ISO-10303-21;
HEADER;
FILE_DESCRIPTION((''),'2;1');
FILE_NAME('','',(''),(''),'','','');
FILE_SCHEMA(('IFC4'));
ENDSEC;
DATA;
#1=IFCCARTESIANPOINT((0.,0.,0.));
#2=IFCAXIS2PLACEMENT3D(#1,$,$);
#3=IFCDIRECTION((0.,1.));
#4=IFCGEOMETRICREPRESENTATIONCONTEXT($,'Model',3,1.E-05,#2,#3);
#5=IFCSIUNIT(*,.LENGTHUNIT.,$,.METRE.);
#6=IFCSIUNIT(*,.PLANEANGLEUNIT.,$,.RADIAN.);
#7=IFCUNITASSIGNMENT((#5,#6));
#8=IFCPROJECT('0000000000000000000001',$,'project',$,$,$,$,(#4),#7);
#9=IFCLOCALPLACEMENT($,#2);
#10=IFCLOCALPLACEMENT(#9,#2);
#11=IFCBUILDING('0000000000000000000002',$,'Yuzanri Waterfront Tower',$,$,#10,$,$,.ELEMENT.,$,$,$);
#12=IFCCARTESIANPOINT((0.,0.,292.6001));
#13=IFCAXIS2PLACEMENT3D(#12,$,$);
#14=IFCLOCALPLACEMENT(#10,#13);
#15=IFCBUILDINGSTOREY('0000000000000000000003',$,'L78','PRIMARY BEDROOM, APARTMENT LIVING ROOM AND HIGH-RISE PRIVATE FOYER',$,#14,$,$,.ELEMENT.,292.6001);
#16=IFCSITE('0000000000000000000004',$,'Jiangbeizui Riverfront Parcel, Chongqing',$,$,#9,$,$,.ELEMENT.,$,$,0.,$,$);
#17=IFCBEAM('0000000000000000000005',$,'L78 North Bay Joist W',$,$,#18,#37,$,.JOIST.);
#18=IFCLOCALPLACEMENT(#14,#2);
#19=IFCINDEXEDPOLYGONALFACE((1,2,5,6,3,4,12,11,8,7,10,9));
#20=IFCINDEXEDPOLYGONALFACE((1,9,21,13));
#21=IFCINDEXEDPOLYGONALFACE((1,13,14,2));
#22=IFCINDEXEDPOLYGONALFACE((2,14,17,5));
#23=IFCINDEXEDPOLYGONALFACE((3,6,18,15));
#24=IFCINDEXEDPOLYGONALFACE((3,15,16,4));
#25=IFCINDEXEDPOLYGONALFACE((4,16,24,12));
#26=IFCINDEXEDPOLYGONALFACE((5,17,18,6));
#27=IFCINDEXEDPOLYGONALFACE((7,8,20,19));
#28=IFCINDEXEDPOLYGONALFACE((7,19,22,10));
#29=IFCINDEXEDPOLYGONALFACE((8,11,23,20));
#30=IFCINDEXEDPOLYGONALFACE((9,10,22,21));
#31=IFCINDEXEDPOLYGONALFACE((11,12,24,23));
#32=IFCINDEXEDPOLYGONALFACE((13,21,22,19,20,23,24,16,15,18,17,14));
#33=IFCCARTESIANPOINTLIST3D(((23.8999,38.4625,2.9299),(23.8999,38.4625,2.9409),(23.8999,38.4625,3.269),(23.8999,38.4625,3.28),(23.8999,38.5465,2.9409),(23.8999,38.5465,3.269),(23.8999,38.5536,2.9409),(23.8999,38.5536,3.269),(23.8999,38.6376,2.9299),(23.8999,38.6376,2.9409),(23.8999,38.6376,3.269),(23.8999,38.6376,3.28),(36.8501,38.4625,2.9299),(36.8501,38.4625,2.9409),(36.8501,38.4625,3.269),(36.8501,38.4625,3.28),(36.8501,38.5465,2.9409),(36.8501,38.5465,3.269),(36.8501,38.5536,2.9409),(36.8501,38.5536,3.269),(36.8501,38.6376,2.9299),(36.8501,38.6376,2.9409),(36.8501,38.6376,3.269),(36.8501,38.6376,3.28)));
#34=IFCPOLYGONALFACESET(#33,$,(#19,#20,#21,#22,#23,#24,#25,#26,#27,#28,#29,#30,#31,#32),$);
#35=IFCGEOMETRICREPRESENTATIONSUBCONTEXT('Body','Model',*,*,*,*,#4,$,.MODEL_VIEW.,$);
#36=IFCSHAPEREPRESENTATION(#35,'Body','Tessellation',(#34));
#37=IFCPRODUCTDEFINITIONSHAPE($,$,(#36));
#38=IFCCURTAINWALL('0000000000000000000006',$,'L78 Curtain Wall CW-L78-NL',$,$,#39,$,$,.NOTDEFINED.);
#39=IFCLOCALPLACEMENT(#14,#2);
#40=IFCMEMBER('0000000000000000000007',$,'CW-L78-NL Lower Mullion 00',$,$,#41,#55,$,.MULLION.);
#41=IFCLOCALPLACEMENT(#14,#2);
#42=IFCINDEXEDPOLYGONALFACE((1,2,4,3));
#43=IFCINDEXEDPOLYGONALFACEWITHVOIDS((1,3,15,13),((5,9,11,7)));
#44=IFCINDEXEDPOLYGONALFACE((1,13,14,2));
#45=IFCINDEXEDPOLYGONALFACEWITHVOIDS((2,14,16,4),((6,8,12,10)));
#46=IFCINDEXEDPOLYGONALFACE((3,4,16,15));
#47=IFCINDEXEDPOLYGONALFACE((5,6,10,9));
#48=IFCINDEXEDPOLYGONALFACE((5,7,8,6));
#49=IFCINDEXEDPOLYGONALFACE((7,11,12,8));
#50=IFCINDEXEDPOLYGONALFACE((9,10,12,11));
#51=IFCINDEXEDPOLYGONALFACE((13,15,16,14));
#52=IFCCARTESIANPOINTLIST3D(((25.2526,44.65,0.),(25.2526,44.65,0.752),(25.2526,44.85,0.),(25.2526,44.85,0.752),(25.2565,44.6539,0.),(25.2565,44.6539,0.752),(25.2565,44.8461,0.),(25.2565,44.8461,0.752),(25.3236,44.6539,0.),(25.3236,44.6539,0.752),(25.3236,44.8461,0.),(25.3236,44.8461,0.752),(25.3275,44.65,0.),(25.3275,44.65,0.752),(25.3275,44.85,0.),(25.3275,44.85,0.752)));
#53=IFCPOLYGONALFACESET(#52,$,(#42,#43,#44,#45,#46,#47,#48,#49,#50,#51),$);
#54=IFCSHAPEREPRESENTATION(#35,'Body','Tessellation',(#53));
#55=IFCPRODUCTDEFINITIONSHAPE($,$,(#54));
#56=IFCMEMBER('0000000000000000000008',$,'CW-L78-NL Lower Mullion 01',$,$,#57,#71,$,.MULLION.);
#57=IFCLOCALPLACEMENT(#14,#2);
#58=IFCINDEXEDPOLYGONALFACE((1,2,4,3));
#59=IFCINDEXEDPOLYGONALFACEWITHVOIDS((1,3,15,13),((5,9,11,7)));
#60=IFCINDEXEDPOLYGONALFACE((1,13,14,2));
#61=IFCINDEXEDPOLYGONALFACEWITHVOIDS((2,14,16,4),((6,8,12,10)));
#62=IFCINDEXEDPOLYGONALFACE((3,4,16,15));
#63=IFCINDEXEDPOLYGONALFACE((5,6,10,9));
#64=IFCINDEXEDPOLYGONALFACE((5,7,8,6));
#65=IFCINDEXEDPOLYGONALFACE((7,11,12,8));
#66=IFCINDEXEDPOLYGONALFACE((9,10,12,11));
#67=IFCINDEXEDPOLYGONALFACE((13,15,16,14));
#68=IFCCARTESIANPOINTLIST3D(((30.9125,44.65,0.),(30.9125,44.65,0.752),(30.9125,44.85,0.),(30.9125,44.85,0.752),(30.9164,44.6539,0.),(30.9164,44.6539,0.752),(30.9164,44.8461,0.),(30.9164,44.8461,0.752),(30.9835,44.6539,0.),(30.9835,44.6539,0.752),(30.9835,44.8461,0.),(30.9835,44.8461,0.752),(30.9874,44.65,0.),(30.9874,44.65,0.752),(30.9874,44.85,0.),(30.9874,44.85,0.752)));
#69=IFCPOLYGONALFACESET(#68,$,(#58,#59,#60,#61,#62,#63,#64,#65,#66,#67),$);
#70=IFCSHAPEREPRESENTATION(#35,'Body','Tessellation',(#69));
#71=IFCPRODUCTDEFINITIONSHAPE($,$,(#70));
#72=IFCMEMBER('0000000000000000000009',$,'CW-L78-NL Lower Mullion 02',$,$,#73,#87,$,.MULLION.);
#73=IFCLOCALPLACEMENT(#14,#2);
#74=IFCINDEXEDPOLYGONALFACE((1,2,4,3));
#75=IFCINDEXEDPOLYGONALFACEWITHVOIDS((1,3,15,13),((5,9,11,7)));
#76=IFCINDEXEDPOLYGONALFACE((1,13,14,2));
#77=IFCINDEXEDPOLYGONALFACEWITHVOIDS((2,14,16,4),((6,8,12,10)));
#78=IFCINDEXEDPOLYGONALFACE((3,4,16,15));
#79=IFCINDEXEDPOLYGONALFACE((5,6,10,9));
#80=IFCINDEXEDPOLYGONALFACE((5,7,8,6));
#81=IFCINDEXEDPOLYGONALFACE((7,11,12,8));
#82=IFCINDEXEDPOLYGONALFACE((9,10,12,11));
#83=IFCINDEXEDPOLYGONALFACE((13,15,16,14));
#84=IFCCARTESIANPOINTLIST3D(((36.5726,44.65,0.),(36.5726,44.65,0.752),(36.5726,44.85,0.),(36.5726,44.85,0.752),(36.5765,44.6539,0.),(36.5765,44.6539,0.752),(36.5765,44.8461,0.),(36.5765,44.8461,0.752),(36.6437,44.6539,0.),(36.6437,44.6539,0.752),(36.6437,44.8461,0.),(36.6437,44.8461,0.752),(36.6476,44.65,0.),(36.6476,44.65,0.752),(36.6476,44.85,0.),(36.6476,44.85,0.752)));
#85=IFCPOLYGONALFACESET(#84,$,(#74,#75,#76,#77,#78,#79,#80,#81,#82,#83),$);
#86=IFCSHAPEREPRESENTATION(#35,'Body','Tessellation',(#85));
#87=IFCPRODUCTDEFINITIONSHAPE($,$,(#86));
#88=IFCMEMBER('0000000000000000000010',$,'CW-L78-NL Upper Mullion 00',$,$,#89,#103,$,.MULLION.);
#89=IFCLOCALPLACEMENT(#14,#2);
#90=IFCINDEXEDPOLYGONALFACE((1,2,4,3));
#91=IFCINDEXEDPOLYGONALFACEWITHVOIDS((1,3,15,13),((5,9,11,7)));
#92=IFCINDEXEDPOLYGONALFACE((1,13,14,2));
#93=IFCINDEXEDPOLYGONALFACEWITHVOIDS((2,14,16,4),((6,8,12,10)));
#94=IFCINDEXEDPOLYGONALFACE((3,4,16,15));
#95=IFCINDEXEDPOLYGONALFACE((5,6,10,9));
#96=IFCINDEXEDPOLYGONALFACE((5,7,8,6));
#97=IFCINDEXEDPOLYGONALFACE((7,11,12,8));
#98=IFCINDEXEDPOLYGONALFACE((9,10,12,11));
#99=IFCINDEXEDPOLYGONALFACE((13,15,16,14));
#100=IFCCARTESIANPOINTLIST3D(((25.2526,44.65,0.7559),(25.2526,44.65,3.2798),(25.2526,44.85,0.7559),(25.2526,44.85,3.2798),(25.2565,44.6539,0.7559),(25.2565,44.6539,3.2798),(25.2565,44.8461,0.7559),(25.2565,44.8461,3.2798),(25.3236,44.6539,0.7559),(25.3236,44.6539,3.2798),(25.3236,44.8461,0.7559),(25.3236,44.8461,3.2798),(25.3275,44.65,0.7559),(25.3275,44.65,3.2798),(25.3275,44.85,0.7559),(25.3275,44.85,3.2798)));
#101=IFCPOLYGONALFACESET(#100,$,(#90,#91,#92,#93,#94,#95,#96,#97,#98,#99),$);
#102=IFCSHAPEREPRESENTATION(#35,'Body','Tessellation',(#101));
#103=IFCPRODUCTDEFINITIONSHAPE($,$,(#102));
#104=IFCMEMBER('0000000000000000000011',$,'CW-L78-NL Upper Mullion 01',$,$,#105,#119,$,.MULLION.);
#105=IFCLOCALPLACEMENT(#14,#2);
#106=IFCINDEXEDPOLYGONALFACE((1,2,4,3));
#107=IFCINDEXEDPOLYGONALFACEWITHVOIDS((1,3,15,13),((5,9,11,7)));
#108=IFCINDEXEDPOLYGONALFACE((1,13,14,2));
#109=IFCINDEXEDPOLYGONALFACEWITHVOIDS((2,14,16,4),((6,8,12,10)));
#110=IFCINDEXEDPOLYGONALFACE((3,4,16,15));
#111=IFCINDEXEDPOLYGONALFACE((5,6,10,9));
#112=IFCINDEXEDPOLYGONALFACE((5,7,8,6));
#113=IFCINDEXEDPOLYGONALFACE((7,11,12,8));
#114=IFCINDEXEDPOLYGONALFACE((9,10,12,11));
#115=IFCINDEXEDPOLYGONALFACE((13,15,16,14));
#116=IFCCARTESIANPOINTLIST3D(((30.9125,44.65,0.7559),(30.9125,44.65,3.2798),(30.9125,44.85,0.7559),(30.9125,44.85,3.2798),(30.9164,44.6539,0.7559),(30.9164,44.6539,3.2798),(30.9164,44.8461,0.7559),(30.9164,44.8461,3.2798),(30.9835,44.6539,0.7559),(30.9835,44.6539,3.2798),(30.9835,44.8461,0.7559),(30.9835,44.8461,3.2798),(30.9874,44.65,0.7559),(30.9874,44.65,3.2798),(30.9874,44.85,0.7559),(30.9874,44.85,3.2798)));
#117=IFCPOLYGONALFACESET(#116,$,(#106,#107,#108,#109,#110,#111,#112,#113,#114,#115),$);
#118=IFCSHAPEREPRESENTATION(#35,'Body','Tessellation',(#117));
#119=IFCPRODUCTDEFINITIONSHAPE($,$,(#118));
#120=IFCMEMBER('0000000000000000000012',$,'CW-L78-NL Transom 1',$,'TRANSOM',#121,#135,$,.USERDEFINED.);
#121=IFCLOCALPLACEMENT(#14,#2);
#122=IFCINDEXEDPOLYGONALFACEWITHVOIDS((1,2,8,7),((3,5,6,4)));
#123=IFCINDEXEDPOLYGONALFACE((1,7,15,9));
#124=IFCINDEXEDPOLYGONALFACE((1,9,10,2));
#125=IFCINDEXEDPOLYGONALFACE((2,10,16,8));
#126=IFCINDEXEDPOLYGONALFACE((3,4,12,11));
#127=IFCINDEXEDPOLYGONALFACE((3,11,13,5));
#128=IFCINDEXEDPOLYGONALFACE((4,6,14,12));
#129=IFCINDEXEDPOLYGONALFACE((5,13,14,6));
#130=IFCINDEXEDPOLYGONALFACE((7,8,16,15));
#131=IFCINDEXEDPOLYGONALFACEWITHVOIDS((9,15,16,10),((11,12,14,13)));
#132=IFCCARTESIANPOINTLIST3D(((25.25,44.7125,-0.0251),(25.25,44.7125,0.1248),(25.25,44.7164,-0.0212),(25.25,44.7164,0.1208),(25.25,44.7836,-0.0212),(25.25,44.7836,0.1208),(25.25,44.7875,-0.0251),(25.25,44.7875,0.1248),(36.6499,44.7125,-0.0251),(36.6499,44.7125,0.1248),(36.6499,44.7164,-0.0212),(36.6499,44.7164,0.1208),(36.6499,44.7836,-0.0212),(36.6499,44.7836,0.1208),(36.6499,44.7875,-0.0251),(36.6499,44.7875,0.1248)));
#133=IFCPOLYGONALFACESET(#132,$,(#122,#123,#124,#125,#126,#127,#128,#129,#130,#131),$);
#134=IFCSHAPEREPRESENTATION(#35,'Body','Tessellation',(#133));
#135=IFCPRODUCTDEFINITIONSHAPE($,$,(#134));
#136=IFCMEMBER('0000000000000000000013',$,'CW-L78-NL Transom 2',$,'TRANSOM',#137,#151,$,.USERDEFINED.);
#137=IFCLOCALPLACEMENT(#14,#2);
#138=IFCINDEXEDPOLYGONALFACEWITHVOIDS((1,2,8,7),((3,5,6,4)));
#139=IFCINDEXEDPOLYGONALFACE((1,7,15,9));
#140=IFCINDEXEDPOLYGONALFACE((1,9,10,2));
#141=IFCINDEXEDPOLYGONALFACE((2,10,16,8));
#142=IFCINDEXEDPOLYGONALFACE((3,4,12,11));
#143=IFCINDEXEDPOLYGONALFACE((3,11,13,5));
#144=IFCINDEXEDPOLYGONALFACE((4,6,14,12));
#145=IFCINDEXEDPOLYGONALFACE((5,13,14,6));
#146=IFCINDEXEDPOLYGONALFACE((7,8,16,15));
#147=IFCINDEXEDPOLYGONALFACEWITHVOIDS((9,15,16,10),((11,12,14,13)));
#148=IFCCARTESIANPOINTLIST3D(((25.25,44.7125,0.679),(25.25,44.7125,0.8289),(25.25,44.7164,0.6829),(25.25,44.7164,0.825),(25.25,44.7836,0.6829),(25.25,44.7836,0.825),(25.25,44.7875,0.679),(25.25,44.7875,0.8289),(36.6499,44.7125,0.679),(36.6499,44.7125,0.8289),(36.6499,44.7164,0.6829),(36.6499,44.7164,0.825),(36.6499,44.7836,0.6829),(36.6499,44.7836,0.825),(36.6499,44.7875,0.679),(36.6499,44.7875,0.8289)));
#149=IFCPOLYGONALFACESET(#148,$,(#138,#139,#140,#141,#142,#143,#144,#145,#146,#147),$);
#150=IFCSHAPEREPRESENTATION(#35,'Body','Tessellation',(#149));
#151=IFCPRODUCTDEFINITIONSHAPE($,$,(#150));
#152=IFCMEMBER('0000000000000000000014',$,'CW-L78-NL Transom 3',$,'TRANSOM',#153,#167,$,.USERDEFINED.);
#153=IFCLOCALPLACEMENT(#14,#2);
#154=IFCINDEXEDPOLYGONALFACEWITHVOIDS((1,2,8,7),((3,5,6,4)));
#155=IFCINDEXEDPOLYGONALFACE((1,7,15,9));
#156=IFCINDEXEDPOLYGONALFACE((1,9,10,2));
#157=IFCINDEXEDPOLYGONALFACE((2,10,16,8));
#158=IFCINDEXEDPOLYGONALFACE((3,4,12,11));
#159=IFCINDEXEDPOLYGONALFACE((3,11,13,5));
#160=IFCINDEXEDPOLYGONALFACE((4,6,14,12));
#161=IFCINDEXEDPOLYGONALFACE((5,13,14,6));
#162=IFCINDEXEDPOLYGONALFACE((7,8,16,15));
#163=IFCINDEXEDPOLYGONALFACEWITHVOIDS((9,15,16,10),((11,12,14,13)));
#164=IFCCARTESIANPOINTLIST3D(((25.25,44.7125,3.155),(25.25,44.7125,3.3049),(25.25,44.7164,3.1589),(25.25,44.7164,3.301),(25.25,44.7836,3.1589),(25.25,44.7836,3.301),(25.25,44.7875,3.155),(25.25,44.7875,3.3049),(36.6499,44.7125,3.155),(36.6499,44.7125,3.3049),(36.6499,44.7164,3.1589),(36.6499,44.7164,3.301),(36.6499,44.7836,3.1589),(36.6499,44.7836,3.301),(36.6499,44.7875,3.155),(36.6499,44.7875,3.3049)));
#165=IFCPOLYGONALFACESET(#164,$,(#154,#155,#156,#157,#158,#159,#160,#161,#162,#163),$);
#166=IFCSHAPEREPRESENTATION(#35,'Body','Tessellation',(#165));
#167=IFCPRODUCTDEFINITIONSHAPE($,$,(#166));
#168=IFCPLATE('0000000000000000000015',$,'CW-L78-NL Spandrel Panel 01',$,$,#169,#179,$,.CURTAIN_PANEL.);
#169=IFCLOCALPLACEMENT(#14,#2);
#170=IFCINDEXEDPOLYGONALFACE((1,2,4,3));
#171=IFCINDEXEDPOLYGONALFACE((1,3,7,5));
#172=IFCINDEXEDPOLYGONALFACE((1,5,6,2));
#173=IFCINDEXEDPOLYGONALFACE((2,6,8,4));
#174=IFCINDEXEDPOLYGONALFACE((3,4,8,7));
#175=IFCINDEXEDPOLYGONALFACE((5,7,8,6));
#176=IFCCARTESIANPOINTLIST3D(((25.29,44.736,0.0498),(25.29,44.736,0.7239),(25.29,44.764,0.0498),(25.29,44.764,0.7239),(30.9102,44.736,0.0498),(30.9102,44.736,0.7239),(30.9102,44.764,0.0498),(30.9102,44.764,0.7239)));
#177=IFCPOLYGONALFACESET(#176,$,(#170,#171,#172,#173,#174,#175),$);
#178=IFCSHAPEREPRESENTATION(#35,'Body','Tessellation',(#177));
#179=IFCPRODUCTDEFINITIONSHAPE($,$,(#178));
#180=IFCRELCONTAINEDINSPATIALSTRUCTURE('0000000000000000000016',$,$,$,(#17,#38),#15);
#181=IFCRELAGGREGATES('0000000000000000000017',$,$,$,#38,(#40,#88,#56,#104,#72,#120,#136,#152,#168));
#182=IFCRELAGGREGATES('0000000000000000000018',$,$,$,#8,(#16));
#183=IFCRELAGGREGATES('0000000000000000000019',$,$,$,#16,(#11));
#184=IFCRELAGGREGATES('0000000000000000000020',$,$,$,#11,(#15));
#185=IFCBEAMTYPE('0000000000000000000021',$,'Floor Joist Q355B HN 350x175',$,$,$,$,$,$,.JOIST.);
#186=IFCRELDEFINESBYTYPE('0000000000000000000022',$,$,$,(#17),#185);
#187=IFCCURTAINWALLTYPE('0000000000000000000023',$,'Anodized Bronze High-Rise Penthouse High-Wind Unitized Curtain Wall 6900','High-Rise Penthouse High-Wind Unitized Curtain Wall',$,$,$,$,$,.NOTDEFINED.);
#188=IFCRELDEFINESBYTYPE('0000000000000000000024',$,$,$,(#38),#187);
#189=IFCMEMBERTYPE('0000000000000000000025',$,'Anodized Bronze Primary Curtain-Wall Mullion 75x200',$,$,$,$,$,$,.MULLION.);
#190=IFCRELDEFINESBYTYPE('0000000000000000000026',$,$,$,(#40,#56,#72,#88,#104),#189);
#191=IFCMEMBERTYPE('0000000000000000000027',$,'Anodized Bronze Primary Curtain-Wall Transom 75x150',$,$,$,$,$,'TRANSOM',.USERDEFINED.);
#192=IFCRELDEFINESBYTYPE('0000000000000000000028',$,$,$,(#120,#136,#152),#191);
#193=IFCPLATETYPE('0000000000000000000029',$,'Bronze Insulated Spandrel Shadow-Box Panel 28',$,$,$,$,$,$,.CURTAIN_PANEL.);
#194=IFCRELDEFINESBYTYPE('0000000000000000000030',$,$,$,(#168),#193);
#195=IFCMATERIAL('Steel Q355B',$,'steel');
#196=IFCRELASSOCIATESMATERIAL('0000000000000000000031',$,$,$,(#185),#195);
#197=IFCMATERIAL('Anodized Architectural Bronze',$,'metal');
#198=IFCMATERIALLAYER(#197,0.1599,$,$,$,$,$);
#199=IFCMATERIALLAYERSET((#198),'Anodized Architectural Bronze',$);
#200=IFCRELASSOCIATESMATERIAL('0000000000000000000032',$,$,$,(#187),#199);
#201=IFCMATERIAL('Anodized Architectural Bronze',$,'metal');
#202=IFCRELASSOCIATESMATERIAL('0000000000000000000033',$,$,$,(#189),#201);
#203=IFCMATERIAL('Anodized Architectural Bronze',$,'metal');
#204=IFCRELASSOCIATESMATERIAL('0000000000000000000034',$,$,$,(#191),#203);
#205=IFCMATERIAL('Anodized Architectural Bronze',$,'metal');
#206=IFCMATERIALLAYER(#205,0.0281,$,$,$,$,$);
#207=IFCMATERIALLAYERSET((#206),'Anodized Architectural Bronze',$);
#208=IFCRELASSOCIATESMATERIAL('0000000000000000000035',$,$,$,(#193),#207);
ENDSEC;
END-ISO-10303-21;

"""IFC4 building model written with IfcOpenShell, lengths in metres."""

from ifc_helpers import new_model, si_unit, direction, frame, origin, origin_2d, place, context, subcontext, project, spatial, rectangle, hollow_rectangle, i_section, extrude, source, transform, mapped, material, layer, layer_set, material_profile, profile_set, type_object, element, aggregate, save


model = new_model("IFC4")

# Units and contexts
model_context = context("Model", 3, precision=1e-05, world=origin(), true_north=direction((0.0, 1.0)))
body_context = subcontext(model_context, "Body", "Model", "MODEL_VIEW")
ifc_project = project(units=[si_unit("LENGTHUNIT", "METRE"), si_unit("PLANEANGLEUNIT", "RADIAN")], contexts=[model_context])

# Site, building, storey
site_placement = place(None, origin())
site = spatial("IfcSite", under=ifc_project, at=site_placement, Name="Jiangbeizui Riverfront Parcel, Chongqing", CompositionType="ELEMENT", RefElevation=0.0)
building_placement = place(site_placement, origin())
building = spatial("IfcBuilding", under=site, at=building_placement, Name="Yuzanri Waterfront Tower", CompositionType="ELEMENT")
storey_placement = place(building_placement, frame((0.0, 0.0, 292.6001)))
storey = spatial("IfcBuildingStorey", under=building, at=storey_placement, Name="L78", Description="PRIMARY BEDROOM, APARTMENT LIVING ROOM AND HIGH-RISE PRIVATE FOYER", CompositionType="ELEMENT", Elevation=292.6001)

# Beam
ifc_material_1 = material(Name="Steel Q355B", Category="steel")
ifc_material_profile_1 = material_profile(ifc_material_1, i_section(OverallWidth=0.175, OverallDepth=0.3501, WebThickness=0.0071, FlangeThickness=0.011, at=origin_2d()), Name="HN 350x175x7x11")
ifc_profile_set_1 = profile_set([ifc_material_profile_1], Name="Steel Q355B")
beam_type = type_object("IfcBeamType", Name="Floor Joist Q355B HN 350x175", PredefinedType="JOIST", material=ifc_profile_set_1)
shared_shape_1 = source(origin(), body_context, "Body", "SweptSolid", [
    extrude(i_section(OverallWidth=0.175, OverallDepth=0.3501, WebThickness=0.0071, FlangeThickness=0.011, at=origin_2d()), origin(), (0.0, 0.0, 1.0), 12.9502),
])
beam_placement = place(storey_placement, frame((23.8999, 38.55, 3.105), z_axis=(1.0, 0.0, 0.0), x_axis=(0.0, 1.0, 0.0)))
element("IfcBeam", 1, at=beam_placement, inside=storey, type_object=beam_type, Name="L78 North Bay Joist W", PredefinedType="JOIST", context=body_context, shape_type="MappedRepresentation", body=[
    mapped(shared_shape_1, transform((0.0, 0.0, 0.0), scale=1.0)),
])

# Curtain wall, members, plate
ifc_material_2 = material(Name="Anodized Architectural Bronze", Category="metal")
ifc_layer_1 = layer(ifc_material_2, 0.1599)
ifc_layer_set_1 = layer_set([ifc_layer_1], Name="Anodized Architectural Bronze")
curtain_wall_type = type_object("IfcCurtainWallType", Name="Anodized Bronze High-Rise Penthouse High-Wind Unitized Curtain Wall 6900", Description="High-Rise Penthouse High-Wind Unitized Curtain Wall", PredefinedType="NOTDEFINED", material=ifc_layer_set_1)
curtain_wall_placement = place(storey_placement, origin())
curtain_wall = element("IfcCurtainWall", 2, at=curtain_wall_placement, inside=storey, type_object=curtain_wall_type, Name="L78 Curtain Wall CW-L78-NL", PredefinedType="NOTDEFINED")
ifc_material_3 = material(Name="Anodized Architectural Bronze", Category="metal")
ifc_material_profile_2 = material_profile(ifc_material_3, hollow_rectangle(XDim=0.075, YDim=0.2, WallThickness=0.0039, at=origin_2d()), Name="CWM 75x200")
ifc_profile_set_2 = profile_set([ifc_material_profile_2], Name="Anodized Architectural Bronze")
member_type_1 = type_object("IfcMemberType", Name="Anodized Bronze Primary Curtain-Wall Mullion 75x200", PredefinedType="MULLION", material=ifc_profile_set_2)
shared_shape_2 = source(origin(), body_context, "Body", "SweptSolid", [
    extrude(hollow_rectangle(XDim=0.075, YDim=0.2, WallThickness=0.0039, at=origin_2d()), origin(), (0.0, 0.0, 1.0), 0.752),
])
member_1_placement = place(storey_placement, frame((25.29, 44.75, 0.0), z_axis=(0.0, 0.0, 1.0), x_axis=(1.0, 0.0, 0.0)))
member_1 = element("IfcMember", 3, at=member_1_placement, type_object=member_type_1, Name="CW-L78-NL Lower Mullion 00", PredefinedType="MULLION", context=body_context, shape_type="MappedRepresentation", body=[
    mapped(shared_shape_2, transform((0.0, 0.0, 0.0), scale=1.0)),
])
member_2_placement = place(storey_placement, frame((30.95, 44.75, 0.0), z_axis=(0.0, 0.0, 1.0), x_axis=(1.0, 0.0, 0.0)))
member_2 = element("IfcMember", 4, at=member_2_placement, type_object=member_type_1, Name="CW-L78-NL Lower Mullion 01", PredefinedType="MULLION", context=body_context, shape_type="MappedRepresentation", body=[
    mapped(shared_shape_2, transform((0.0, 0.0, 0.0), scale=1.0)),
])
member_3_placement = place(storey_placement, frame((36.6101, 44.75, 0.0), z_axis=(0.0, 0.0, 1.0), x_axis=(1.0, 0.0, 0.0)))
member_3 = element("IfcMember", 5, at=member_3_placement, type_object=member_type_1, Name="CW-L78-NL Lower Mullion 02", PredefinedType="MULLION", context=body_context, shape_type="MappedRepresentation", body=[
    mapped(shared_shape_2, transform((0.0, 0.0, 0.0), scale=1.0)),
])
shared_shape_3 = source(origin(), body_context, "Body", "SweptSolid", [
    extrude(hollow_rectangle(XDim=0.075, YDim=0.2, WallThickness=0.0039, at=origin_2d()), origin(), (0.0, 0.0, 1.0), 2.5239),
])
member_4_placement = place(storey_placement, frame((25.29, 44.75, 0.7559), z_axis=(0.0, 0.0, 1.0), x_axis=(1.0, 0.0, 0.0)))
member_4 = element("IfcMember", 6, at=member_4_placement, type_object=member_type_1, Name="CW-L78-NL Upper Mullion 00", PredefinedType="MULLION", context=body_context, shape_type="MappedRepresentation", body=[
    mapped(shared_shape_3, transform((0.0, 0.0, 0.0), scale=1.0)),
])
member_5_placement = place(storey_placement, frame((30.95, 44.75, 0.7559), z_axis=(0.0, 0.0, 1.0), x_axis=(1.0, 0.0, 0.0)))
member_5 = element("IfcMember", 7, at=member_5_placement, type_object=member_type_1, Name="CW-L78-NL Upper Mullion 01", PredefinedType="MULLION", context=body_context, shape_type="MappedRepresentation", body=[
    mapped(shared_shape_3, transform((0.0, 0.0, 0.0), scale=1.0)),
])
ifc_material_4 = material(Name="Anodized Architectural Bronze", Category="metal")
ifc_material_profile_3 = material_profile(ifc_material_4, hollow_rectangle(XDim=0.075, YDim=0.1499, WallThickness=0.0039, at=origin_2d()), Name="CWT 75x150")
ifc_profile_set_3 = profile_set([ifc_material_profile_3], Name="Anodized Architectural Bronze")
member_type_2 = type_object("IfcMemberType", Name="Anodized Bronze Primary Curtain-Wall Transom 75x150", ElementType="TRANSOM", PredefinedType="USERDEFINED", material=ifc_profile_set_3)
shared_shape_4 = source(origin(), body_context, "Body", "SweptSolid", [
    extrude(hollow_rectangle(XDim=0.075, YDim=0.1499, WallThickness=0.0039, at=origin_2d()), origin(), (0.0, 0.0, 1.0), 11.3999),
])
member_6_placement = place(storey_placement, frame((25.25, 44.75, 0.0498), z_axis=(1.0, 0.0, 0.0), x_axis=(0.0, 1.0, 0.0)))
member_6 = element("IfcMember", 8, at=member_6_placement, type_object=member_type_2, Name="CW-L78-NL Transom 1", ObjectType="TRANSOM", PredefinedType="USERDEFINED", context=body_context, shape_type="MappedRepresentation", body=[
    mapped(shared_shape_4, transform((0.0, 0.0, 0.0), scale=1.0)),
])
member_7_placement = place(storey_placement, frame((25.25, 44.75, 0.7539), z_axis=(1.0, 0.0, 0.0), x_axis=(0.0, 1.0, 0.0)))
member_7 = element("IfcMember", 9, at=member_7_placement, type_object=member_type_2, Name="CW-L78-NL Transom 2", ObjectType="TRANSOM", PredefinedType="USERDEFINED", context=body_context, shape_type="MappedRepresentation", body=[
    mapped(shared_shape_4, transform((0.0, 0.0, 0.0), scale=1.0)),
])
member_8_placement = place(storey_placement, frame((25.25, 44.75, 3.23), z_axis=(1.0, 0.0, 0.0), x_axis=(0.0, 1.0, 0.0)))
member_8 = element("IfcMember", 10, at=member_8_placement, type_object=member_type_2, Name="CW-L78-NL Transom 3", ObjectType="TRANSOM", PredefinedType="USERDEFINED", context=body_context, shape_type="MappedRepresentation", body=[
    mapped(shared_shape_4, transform((0.0, 0.0, 0.0), scale=1.0)),
])
ifc_material_5 = material(Name="Anodized Architectural Bronze", Category="metal")
ifc_layer_2 = layer(ifc_material_5, 0.0281)
ifc_layer_set_2 = layer_set([ifc_layer_2], Name="Anodized Architectural Bronze")
plate_type_1 = type_object("IfcPlateType", Name="Bronze Insulated Spandrel Shadow-Box Panel 28", PredefinedType="CURTAIN_PANEL", material=ifc_layer_set_2)
shared_shape_5 = source(origin(), body_context, "Body", "SweptSolid", [
    extrude(rectangle(XDim=5.6201, YDim=0.0281, at=origin_2d()), origin(), (0.0, 0.0, 1.0), 0.6741),
])
plate_1_placement = place(storey_placement, frame((28.1001, 44.75, 0.0498), z_axis=(0.0, 0.0, 1.0), x_axis=(1.0, 0.0, 0.0)))
plate_1 = element("IfcPlate", 11, at=plate_1_placement, type_object=plate_type_1, Name="CW-L78-NL Spandrel Panel 01", PredefinedType="CURTAIN_PANEL", context=body_context, shape_type="MappedRepresentation", body=[
    mapped(shared_shape_5, transform((0.0, 0.0, 0.0), scale=1.0)),
])
aggregate(curtain_wall, [member_1, member_4, member_2, member_5, member_3, member_6, member_7, member_8, plate_1])

save(model, "model.ifc")
